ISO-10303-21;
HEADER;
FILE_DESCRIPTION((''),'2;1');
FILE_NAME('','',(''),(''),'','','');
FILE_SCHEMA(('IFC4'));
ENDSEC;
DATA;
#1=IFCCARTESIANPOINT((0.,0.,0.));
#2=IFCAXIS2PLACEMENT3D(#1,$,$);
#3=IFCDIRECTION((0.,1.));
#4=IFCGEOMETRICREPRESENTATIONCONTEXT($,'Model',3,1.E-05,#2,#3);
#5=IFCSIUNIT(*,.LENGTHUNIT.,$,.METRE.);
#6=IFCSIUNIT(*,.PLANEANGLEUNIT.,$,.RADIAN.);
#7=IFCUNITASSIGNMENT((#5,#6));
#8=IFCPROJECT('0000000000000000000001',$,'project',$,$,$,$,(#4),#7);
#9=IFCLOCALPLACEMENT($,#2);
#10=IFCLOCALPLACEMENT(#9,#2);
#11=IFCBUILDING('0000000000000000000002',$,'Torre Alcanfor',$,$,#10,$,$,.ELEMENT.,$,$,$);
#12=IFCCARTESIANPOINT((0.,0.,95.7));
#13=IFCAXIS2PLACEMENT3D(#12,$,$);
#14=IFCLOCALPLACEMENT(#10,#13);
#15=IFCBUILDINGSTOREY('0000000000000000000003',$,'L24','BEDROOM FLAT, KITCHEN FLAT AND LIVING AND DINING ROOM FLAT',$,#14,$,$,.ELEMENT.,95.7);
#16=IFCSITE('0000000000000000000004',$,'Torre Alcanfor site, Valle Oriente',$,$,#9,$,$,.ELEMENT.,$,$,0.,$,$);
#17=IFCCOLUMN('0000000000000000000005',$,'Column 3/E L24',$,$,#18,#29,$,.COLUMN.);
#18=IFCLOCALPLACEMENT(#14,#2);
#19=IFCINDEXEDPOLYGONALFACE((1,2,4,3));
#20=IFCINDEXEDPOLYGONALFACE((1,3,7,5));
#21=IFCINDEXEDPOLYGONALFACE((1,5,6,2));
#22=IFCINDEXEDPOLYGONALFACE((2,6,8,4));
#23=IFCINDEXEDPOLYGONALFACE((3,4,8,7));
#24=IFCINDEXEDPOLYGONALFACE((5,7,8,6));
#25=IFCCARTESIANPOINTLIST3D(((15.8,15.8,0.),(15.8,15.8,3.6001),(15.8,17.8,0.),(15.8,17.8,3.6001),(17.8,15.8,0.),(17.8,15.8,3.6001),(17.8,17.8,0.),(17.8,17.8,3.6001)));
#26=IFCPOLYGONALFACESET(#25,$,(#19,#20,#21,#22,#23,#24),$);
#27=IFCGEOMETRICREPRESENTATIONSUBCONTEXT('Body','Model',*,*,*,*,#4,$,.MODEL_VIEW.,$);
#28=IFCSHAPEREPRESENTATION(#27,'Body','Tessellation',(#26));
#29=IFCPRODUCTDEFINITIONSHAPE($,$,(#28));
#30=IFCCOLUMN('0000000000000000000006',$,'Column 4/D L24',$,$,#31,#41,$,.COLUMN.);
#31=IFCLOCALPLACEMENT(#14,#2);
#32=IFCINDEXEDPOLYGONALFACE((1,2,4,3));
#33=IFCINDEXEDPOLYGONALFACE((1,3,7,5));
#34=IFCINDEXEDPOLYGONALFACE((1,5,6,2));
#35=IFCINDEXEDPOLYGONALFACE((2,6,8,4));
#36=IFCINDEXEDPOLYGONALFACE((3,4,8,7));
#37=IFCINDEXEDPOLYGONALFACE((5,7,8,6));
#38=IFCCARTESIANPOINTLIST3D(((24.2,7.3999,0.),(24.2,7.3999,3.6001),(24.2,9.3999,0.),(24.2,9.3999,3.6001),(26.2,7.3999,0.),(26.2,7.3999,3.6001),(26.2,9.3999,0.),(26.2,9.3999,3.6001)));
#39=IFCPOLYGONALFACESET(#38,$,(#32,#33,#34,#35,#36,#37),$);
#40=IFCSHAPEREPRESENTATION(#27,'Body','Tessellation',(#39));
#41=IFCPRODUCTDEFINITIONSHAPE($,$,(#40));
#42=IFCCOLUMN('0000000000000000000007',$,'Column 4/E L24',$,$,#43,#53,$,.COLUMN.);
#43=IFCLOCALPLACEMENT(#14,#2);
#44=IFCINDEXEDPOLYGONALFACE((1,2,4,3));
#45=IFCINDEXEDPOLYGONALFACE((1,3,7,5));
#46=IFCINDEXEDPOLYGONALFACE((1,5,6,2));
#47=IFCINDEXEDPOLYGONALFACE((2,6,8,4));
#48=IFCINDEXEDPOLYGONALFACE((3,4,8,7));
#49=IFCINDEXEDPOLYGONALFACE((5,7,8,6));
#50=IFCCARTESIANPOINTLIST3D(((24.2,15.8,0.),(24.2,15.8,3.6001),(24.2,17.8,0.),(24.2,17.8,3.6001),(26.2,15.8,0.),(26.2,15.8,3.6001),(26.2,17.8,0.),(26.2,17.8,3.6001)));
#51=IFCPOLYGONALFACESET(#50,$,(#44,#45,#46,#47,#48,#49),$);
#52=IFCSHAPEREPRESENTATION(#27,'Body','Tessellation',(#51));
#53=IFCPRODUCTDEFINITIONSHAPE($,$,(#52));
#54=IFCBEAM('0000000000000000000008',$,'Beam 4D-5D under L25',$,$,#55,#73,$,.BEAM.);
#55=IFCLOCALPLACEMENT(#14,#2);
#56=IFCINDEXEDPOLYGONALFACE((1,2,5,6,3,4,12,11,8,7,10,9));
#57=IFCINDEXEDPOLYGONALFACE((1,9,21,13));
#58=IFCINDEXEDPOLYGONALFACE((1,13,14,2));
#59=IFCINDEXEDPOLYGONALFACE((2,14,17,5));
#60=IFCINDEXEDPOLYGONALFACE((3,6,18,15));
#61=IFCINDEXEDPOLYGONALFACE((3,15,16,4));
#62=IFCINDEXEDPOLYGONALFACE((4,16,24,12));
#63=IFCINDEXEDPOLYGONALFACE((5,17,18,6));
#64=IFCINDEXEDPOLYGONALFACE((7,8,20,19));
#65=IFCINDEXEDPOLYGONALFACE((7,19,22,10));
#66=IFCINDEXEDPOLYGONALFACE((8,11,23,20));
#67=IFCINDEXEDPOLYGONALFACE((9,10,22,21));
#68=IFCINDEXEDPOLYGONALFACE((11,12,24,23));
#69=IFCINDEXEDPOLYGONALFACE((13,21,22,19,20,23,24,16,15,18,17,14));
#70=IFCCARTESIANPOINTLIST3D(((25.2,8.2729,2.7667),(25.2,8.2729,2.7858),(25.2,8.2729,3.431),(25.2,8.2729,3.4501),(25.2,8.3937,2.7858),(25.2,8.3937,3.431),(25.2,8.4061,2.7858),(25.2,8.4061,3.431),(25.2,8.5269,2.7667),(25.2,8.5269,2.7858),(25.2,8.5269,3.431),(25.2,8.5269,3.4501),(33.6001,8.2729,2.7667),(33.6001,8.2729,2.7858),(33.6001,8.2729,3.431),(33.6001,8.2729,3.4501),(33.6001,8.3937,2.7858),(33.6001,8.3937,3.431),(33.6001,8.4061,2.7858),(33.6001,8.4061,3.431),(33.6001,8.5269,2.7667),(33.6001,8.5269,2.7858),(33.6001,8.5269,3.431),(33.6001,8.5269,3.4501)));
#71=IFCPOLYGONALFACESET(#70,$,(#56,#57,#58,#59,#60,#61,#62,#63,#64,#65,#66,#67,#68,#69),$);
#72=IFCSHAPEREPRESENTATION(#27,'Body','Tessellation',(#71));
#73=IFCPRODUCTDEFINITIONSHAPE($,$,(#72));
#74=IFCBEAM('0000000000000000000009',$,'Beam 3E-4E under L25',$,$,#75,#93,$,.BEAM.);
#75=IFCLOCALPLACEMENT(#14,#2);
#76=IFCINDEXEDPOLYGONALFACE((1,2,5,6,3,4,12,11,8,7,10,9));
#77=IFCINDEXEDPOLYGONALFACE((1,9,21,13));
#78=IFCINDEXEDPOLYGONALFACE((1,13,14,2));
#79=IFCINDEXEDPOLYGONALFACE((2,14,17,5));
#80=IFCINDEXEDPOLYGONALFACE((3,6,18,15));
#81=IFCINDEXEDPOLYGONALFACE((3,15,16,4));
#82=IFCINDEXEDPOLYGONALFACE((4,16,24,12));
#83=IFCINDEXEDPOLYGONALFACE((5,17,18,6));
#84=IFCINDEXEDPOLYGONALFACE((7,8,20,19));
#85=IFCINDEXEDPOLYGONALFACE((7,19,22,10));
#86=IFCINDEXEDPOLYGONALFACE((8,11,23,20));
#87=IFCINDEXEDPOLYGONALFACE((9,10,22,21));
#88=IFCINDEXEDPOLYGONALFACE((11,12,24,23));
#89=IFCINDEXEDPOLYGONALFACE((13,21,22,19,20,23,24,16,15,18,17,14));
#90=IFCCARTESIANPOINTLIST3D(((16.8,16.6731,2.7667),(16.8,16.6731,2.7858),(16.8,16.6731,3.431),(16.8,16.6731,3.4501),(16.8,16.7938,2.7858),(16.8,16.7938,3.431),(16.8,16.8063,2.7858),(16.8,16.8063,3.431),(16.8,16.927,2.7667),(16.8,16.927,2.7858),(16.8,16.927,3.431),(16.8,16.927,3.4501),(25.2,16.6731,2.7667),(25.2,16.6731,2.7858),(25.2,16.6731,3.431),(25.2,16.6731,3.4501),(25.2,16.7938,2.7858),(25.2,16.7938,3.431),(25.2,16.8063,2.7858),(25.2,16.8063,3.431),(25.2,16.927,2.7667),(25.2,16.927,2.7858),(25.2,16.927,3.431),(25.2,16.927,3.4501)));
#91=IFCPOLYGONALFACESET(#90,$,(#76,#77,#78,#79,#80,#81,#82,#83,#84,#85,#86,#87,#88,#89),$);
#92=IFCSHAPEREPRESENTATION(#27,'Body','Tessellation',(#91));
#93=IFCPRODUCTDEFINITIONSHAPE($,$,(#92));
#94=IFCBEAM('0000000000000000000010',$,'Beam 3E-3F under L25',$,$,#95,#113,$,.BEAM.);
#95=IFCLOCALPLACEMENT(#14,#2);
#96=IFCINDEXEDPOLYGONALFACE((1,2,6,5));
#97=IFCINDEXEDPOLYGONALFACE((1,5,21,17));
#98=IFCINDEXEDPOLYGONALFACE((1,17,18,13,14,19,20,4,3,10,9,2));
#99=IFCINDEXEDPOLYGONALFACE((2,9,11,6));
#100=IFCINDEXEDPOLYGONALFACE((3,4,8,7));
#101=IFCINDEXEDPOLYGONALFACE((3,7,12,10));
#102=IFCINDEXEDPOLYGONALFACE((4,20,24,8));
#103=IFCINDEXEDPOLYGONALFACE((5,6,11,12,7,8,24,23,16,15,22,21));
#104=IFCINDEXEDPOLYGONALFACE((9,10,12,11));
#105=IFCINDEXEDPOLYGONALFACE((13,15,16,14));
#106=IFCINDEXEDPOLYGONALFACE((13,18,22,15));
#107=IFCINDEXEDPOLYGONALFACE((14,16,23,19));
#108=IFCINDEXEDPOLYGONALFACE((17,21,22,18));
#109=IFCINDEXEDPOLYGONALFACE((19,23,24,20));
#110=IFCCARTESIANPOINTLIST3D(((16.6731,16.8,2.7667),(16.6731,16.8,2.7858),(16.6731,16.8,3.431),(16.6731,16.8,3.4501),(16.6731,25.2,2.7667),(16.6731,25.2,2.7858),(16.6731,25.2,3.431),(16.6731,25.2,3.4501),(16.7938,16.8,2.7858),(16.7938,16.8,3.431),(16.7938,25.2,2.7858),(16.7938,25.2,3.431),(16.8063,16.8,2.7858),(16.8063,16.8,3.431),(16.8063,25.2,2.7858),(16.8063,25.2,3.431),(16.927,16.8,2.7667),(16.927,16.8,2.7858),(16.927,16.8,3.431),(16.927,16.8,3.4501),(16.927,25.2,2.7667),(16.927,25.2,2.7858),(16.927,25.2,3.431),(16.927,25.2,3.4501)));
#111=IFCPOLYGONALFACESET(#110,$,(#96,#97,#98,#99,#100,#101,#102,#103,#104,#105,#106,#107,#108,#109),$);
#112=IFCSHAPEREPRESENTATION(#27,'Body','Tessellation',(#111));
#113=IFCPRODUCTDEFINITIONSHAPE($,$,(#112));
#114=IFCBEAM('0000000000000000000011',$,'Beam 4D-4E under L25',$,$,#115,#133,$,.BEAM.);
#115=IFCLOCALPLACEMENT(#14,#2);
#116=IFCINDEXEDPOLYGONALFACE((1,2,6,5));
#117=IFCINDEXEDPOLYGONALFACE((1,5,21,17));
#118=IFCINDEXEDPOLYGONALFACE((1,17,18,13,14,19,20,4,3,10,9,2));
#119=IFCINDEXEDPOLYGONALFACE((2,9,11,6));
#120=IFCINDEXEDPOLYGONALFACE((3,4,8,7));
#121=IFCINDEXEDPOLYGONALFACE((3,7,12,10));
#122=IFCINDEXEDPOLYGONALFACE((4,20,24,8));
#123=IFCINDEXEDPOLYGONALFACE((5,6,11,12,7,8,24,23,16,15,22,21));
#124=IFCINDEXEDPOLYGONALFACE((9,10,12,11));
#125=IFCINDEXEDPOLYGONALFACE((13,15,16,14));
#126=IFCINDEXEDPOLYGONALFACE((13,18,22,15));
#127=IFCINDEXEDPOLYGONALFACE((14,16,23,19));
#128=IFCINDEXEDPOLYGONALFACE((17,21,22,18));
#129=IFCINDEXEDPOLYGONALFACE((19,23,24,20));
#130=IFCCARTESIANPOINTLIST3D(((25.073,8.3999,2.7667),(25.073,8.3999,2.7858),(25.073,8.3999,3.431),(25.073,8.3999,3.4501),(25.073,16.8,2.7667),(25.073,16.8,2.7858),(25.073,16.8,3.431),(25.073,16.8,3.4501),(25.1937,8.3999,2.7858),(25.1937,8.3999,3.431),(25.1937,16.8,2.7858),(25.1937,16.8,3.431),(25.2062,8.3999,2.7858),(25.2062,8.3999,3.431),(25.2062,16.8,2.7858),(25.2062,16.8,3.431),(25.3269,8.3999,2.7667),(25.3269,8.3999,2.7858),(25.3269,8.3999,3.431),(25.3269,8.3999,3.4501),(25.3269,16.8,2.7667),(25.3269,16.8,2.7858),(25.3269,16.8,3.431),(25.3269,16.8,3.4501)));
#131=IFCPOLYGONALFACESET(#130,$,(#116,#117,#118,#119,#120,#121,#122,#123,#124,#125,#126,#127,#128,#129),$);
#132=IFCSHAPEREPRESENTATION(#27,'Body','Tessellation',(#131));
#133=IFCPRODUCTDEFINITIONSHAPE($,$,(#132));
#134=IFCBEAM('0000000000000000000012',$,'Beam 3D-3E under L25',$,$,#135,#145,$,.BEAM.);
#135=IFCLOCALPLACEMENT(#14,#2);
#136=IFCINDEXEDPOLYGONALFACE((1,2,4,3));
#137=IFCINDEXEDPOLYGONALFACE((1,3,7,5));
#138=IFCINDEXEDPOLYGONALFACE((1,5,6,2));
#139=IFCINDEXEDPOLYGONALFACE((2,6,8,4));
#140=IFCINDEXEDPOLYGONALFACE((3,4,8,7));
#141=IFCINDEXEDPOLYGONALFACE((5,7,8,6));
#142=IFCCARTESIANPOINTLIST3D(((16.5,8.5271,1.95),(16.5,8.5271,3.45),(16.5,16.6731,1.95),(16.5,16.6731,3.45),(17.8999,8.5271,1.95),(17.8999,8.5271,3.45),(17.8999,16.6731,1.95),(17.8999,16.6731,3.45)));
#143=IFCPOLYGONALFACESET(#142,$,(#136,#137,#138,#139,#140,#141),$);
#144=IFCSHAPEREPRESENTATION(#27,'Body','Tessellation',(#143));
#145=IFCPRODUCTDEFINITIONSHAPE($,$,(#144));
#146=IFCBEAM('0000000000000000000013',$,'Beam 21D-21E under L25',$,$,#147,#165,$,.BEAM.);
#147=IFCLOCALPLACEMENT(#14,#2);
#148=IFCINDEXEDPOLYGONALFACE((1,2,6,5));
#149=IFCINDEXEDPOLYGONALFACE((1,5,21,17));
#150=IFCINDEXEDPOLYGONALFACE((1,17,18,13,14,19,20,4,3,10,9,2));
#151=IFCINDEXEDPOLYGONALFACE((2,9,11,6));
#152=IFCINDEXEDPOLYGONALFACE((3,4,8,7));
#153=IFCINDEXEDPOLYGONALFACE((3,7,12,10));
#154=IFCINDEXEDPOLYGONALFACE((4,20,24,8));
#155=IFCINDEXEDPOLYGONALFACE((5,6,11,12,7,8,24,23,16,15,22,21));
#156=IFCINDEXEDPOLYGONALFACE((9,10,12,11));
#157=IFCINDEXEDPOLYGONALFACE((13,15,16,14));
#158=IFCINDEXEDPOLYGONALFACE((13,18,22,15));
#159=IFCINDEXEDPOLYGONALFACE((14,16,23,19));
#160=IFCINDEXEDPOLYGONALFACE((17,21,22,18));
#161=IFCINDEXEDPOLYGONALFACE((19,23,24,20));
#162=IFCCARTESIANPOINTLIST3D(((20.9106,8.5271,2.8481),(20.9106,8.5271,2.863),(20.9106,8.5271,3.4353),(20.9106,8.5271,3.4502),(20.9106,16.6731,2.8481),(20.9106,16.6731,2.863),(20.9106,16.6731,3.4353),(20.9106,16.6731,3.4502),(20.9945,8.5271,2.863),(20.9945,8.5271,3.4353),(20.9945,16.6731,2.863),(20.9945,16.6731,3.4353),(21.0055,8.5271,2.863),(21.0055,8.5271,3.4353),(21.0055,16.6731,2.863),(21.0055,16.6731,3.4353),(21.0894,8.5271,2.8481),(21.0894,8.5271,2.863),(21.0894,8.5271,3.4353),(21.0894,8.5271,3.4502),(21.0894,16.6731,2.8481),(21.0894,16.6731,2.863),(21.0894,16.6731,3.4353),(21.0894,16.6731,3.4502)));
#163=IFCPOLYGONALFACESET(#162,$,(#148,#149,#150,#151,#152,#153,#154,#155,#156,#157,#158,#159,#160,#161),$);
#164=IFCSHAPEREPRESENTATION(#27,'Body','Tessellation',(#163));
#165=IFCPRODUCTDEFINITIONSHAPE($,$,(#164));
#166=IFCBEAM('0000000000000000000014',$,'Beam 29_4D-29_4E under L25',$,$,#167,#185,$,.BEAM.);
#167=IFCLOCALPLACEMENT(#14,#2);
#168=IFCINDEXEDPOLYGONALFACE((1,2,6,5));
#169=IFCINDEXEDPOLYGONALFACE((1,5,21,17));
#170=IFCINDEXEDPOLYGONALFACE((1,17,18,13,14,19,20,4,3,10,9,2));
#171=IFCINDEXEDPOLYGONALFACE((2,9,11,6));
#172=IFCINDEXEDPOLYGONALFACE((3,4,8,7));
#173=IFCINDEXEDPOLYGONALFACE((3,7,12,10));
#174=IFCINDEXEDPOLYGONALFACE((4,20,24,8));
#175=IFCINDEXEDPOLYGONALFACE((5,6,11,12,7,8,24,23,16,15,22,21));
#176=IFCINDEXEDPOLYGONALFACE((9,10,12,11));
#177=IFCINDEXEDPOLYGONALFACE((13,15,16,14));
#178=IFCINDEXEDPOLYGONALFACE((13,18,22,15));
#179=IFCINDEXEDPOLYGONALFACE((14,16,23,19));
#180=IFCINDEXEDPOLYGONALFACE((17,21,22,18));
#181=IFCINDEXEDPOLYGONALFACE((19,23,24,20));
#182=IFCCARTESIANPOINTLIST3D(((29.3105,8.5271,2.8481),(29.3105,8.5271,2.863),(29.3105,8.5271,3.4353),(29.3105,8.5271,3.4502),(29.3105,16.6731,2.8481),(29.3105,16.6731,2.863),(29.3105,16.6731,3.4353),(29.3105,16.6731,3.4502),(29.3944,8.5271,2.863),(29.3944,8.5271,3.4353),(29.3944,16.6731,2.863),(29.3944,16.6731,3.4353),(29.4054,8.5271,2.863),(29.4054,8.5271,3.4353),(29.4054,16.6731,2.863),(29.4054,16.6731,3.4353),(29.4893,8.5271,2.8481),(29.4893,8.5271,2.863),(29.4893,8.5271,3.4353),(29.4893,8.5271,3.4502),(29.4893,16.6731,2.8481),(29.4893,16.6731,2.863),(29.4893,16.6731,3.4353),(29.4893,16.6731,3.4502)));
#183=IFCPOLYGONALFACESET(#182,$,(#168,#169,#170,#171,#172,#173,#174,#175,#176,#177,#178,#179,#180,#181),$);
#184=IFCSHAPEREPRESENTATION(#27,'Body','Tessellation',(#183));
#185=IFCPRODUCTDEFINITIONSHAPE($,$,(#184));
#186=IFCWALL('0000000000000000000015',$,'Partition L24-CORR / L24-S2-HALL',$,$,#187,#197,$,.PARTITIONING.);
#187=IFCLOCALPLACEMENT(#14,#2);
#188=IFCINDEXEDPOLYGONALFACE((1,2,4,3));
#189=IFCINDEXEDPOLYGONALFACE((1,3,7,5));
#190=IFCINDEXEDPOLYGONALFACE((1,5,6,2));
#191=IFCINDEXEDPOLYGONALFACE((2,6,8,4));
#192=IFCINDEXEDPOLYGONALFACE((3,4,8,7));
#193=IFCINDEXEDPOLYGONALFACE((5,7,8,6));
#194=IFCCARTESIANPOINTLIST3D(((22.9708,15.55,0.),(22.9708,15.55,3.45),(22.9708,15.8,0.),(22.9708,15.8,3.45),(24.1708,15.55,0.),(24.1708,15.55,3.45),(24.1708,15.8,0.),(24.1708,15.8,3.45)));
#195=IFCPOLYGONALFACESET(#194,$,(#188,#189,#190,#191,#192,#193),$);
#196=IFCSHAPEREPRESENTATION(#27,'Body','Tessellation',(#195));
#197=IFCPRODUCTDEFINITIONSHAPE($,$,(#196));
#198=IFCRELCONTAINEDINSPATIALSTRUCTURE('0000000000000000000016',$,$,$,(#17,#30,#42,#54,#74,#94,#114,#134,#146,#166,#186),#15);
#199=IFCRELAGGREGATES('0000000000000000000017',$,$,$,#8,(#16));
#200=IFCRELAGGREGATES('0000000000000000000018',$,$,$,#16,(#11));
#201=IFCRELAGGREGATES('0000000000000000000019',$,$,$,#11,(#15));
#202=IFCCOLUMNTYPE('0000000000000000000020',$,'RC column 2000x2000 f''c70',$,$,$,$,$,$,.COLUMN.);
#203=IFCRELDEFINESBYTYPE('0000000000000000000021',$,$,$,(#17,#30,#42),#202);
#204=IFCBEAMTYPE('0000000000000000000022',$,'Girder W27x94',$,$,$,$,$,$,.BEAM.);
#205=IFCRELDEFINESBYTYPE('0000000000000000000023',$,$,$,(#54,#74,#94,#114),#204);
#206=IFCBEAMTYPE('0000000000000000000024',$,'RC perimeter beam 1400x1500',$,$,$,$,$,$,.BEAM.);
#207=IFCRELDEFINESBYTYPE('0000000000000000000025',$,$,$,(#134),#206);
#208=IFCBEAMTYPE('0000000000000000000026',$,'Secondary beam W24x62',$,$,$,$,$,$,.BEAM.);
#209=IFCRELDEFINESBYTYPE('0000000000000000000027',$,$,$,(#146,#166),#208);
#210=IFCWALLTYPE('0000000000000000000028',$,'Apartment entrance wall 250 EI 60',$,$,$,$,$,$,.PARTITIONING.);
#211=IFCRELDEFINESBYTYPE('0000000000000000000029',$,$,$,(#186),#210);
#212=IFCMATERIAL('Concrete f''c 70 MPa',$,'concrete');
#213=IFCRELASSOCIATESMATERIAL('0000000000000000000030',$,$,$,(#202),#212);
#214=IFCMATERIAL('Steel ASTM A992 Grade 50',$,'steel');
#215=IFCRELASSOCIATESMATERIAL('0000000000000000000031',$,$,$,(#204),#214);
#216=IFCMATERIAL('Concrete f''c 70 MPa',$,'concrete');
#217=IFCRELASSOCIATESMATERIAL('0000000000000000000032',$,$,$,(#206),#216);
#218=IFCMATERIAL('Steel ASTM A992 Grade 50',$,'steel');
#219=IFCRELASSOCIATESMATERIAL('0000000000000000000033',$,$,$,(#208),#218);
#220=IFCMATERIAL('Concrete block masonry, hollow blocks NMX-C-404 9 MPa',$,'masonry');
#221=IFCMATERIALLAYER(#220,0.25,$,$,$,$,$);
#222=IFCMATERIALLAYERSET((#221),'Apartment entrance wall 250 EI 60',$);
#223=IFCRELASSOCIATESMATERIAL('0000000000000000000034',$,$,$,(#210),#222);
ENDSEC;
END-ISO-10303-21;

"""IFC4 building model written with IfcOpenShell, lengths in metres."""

from ifc_helpers import new_model, si_unit, direction, frame, frame_2d, origin, origin_2d, place, context, subcontext, project, spatial, rectangle, i_section, extrude, material, layer, layer_set, material_profile, profile_set, type_object, element, save


model = new_model("IFC4")

# Units and contexts
model_context = context("Model", 3, precision=1e-05, world=origin(), true_north=direction((0.0, 1.0)))
body_context = subcontext(model_context, "Body", "Model", "MODEL_VIEW")
ifc_project = project(units=[si_unit("LENGTHUNIT", "METRE"), si_unit("PLANEANGLEUNIT", "RADIAN")], contexts=[model_context])

# Site, building, storey
site_placement = place(None, origin())
site = spatial("IfcSite", under=ifc_project, at=site_placement, Name="Torre Alcanfor site, Valle Oriente", CompositionType="ELEMENT", RefElevation=0.0)
building_placement = place(site_placement, origin())
building = spatial("IfcBuilding", under=site, at=building_placement, Name="Torre Alcanfor", CompositionType="ELEMENT")
storey_placement = place(building_placement, frame((0.0, 0.0, 95.7)))
storey = spatial("IfcBuildingStorey", under=building, at=storey_placement, Name="L24", Description="BEDROOM FLAT, KITCHEN FLAT AND LIVING AND DINING ROOM FLAT", CompositionType="ELEMENT", Elevation=95.7)

# Columns
ifc_material_1 = material(Name="Concrete f'c 70 MPa", Category="concrete")
ifc_material_profile_1 = material_profile(ifc_material_1, rectangle(XDim=2.0, YDim=2.0, at=origin_2d()), Name="2000x2000")
ifc_profile_set_1 = profile_set([ifc_material_profile_1], Name="Concrete f'c 70 MPa")
column_type = type_object("IfcColumnType", Name="RC column 2000x2000 f'c70", PredefinedType="COLUMN", material=ifc_profile_set_1)
for number, where, z_axis, x_axis, name in (
    (1, (16.8, 16.8, 0.0), (0.0, 0.0, 1.0), (1.0, 0.0, 0.0), "Column 3/E L24"),
    (2, (25.2, 8.3999, 0.0), (0.0, 0.0, 1.0), (1.0, 0.0, 0.0), "Column 4/D L24"),
    (3, (25.2, 16.8, 0.0), (0.0, 0.0, 1.0), (1.0, 0.0, 0.0), "Column 4/E L24"),
):
    element("IfcColumn", number, at=place(storey_placement, frame(where, z_axis=z_axis, x_axis=x_axis)), inside=storey, type_object=column_type, Name=name, PredefinedType="COLUMN", context=body_context, shape_type="SweptSolid", body=[
        extrude(rectangle(XDim=2.0, YDim=2.0, at=origin_2d()), origin(), (0.0, 0.0, 1.0), 3.6001),
    ])

# Beams
ifc_material_2 = material(Name="Steel ASTM A992 Grade 50", Category="steel")
ifc_material_profile_2 = material_profile(ifc_material_2, i_section(OverallWidth=0.2539, OverallDepth=0.6833, WebThickness=0.0125, FlangeThickness=0.019, at=origin_2d()), Name="W27x94")
ifc_profile_set_2 = profile_set([ifc_material_profile_2], Name="Steel ASTM A992 Grade 50")
beam_type_1 = type_object("IfcBeamType", Name="Girder W27x94", PredefinedType="BEAM", material=ifc_profile_set_2)
beam_1_placement = place(storey_placement, frame((25.2, 8.3999, 3.1084), z_axis=(1.0, 0.0, 0.0), x_axis=(0.0, 1.0, 0.0)))
element("IfcBeam", 4, at=beam_1_placement, inside=storey, type_object=beam_type_1, Name="Beam 4D-5D under L25", PredefinedType="BEAM", context=body_context, shape_type="SweptSolid", body=[
    extrude(i_section(OverallWidth=0.2539, OverallDepth=0.6833, WebThickness=0.0125, FlangeThickness=0.019, at=origin_2d()), origin(), (0.0, 0.0, 1.0), 8.4001),
])
for number, where, z_axis, x_axis, name in (
    (5, (16.8, 16.8, 3.1084), (1.0, 0.0, 0.0), (0.0, 1.0, 0.0), "Beam 3E-4E under L25"),
    (6, (16.8, 16.8, 3.1084), (0.0, 1.0, 0.0), (-1.0, 0.0, 0.0), "Beam 3E-3F under L25"),
):
    element("IfcBeam", number, at=place(storey_placement, frame(where, z_axis=z_axis, x_axis=x_axis)), inside=storey, type_object=beam_type_1, Name=name, PredefinedType="BEAM", context=body_context, shape_type="SweptSolid", body=[
        extrude(i_section(OverallWidth=0.2539, OverallDepth=0.6833, WebThickness=0.0125, FlangeThickness=0.019, at=origin_2d()), origin(), (0.0, 0.0, 1.0), 8.3999),
    ])
beam_2_placement = place(storey_placement, frame((25.2, 8.3999, 3.1084), z_axis=(0.0, 1.0, 0.0), x_axis=(-1.0, 0.0, 0.0)))
element("IfcBeam", 7, at=beam_2_placement, inside=storey, type_object=beam_type_1, Name="Beam 4D-4E under L25", PredefinedType="BEAM", context=body_context, shape_type="SweptSolid", body=[
    extrude(i_section(OverallWidth=0.2539, OverallDepth=0.6833, WebThickness=0.0125, FlangeThickness=0.019, at=origin_2d()), origin(), (0.0, 0.0, 1.0), 8.4001),
])
ifc_material_3 = material(Name="Concrete f'c 70 MPa", Category="concrete")
ifc_material_profile_3 = material_profile(ifc_material_3, rectangle(XDim=1.3999, YDim=1.5, at=origin_2d()), Name="1400x1500")
ifc_profile_set_3 = profile_set([ifc_material_profile_3], Name="Concrete f'c 70 MPa")
beam_type_2 = type_object("IfcBeamType", Name="RC perimeter beam 1400x1500", PredefinedType="BEAM", material=ifc_profile_set_3)
beam_3_placement = place(storey_placement, frame((17.2, 8.5271, 2.7), z_axis=(0.0, 1.0, 0.0), x_axis=(-1.0, 0.0, 0.0)))
element("IfcBeam", 8, at=beam_3_placement, inside=storey, type_object=beam_type_2, Name="Beam 3D-3E under L25", PredefinedType="BEAM", context=body_context, shape_type="SweptSolid", body=[
    extrude(rectangle(XDim=1.3999, YDim=1.5, at=origin_2d()), origin(), (0.0, 0.0, 1.0), 8.146),
])
ifc_material_4 = material(Name="Steel ASTM A992 Grade 50", Category="steel")
ifc_material_profile_4 = material_profile(ifc_material_4, i_section(OverallWidth=0.1787, OverallDepth=0.6021, WebThickness=0.011, FlangeThickness=0.0149, at=origin_2d()), Name="W24x62")
ifc_profile_set_4 = profile_set([ifc_material_profile_4], Name="Steel ASTM A992 Grade 50")
beam_type_3 = type_object("IfcBeamType", Name="Secondary beam W24x62", PredefinedType="BEAM", material=ifc_profile_set_4)
for number, where, z_axis, x_axis, name in (
    (9, (21.0, 8.5271, 3.1492), (0.0, 1.0, 0.0), (-1.0, 0.0, 0.0), "Beam 21D-21E under L25"),
    (10, (29.3999, 8.5271, 3.1492), (0.0, 1.0, 0.0), (-1.0, 0.0, 0.0), "Beam 29_4D-29_4E under L25"),
):
    element("IfcBeam", number, at=place(storey_placement, frame(where, z_axis=z_axis, x_axis=x_axis)), inside=storey, type_object=beam_type_3, Name=name, PredefinedType="BEAM", context=body_context, shape_type="SweptSolid", body=[
        extrude(i_section(OverallWidth=0.1787, OverallDepth=0.6021, WebThickness=0.011, FlangeThickness=0.0149, at=origin_2d()), origin(), (0.0, 0.0, 1.0), 8.146),
    ])

# Wall
ifc_material_5 = material(Name="Concrete block masonry, hollow blocks NMX-C-404 9 MPa", Category="masonry")
ifc_layer_1 = layer(ifc_material_5, 0.25)
ifc_layer_set_1 = layer_set([ifc_layer_1], Name="Apartment entrance wall 250 EI 60")
wall_type_1 = type_object("IfcWallType", Name="Apartment entrance wall 250 EI 60", PredefinedType="PARTITIONING", material=ifc_layer_set_1)
wall_1_placement = place(storey_placement, frame((24.1709, 15.675, 0.0), z_axis=(0.0, 0.0, 1.0), x_axis=(-1.0, 0.0, 0.0)))
element("IfcWall", 11, at=wall_1_placement, inside=storey, type_object=wall_type_1, Name="Partition L24-CORR / L24-S2-HALL", PredefinedType="PARTITIONING", context=body_context, shape_type="SweptSolid", body=[
    extrude(rectangle(XDim=1.2, YDim=0.25, at=frame_2d((0.6001, 0.0))), origin(), (0.0, 0.0, 1.0), 3.45),
])

save(model, "model.ifc")
